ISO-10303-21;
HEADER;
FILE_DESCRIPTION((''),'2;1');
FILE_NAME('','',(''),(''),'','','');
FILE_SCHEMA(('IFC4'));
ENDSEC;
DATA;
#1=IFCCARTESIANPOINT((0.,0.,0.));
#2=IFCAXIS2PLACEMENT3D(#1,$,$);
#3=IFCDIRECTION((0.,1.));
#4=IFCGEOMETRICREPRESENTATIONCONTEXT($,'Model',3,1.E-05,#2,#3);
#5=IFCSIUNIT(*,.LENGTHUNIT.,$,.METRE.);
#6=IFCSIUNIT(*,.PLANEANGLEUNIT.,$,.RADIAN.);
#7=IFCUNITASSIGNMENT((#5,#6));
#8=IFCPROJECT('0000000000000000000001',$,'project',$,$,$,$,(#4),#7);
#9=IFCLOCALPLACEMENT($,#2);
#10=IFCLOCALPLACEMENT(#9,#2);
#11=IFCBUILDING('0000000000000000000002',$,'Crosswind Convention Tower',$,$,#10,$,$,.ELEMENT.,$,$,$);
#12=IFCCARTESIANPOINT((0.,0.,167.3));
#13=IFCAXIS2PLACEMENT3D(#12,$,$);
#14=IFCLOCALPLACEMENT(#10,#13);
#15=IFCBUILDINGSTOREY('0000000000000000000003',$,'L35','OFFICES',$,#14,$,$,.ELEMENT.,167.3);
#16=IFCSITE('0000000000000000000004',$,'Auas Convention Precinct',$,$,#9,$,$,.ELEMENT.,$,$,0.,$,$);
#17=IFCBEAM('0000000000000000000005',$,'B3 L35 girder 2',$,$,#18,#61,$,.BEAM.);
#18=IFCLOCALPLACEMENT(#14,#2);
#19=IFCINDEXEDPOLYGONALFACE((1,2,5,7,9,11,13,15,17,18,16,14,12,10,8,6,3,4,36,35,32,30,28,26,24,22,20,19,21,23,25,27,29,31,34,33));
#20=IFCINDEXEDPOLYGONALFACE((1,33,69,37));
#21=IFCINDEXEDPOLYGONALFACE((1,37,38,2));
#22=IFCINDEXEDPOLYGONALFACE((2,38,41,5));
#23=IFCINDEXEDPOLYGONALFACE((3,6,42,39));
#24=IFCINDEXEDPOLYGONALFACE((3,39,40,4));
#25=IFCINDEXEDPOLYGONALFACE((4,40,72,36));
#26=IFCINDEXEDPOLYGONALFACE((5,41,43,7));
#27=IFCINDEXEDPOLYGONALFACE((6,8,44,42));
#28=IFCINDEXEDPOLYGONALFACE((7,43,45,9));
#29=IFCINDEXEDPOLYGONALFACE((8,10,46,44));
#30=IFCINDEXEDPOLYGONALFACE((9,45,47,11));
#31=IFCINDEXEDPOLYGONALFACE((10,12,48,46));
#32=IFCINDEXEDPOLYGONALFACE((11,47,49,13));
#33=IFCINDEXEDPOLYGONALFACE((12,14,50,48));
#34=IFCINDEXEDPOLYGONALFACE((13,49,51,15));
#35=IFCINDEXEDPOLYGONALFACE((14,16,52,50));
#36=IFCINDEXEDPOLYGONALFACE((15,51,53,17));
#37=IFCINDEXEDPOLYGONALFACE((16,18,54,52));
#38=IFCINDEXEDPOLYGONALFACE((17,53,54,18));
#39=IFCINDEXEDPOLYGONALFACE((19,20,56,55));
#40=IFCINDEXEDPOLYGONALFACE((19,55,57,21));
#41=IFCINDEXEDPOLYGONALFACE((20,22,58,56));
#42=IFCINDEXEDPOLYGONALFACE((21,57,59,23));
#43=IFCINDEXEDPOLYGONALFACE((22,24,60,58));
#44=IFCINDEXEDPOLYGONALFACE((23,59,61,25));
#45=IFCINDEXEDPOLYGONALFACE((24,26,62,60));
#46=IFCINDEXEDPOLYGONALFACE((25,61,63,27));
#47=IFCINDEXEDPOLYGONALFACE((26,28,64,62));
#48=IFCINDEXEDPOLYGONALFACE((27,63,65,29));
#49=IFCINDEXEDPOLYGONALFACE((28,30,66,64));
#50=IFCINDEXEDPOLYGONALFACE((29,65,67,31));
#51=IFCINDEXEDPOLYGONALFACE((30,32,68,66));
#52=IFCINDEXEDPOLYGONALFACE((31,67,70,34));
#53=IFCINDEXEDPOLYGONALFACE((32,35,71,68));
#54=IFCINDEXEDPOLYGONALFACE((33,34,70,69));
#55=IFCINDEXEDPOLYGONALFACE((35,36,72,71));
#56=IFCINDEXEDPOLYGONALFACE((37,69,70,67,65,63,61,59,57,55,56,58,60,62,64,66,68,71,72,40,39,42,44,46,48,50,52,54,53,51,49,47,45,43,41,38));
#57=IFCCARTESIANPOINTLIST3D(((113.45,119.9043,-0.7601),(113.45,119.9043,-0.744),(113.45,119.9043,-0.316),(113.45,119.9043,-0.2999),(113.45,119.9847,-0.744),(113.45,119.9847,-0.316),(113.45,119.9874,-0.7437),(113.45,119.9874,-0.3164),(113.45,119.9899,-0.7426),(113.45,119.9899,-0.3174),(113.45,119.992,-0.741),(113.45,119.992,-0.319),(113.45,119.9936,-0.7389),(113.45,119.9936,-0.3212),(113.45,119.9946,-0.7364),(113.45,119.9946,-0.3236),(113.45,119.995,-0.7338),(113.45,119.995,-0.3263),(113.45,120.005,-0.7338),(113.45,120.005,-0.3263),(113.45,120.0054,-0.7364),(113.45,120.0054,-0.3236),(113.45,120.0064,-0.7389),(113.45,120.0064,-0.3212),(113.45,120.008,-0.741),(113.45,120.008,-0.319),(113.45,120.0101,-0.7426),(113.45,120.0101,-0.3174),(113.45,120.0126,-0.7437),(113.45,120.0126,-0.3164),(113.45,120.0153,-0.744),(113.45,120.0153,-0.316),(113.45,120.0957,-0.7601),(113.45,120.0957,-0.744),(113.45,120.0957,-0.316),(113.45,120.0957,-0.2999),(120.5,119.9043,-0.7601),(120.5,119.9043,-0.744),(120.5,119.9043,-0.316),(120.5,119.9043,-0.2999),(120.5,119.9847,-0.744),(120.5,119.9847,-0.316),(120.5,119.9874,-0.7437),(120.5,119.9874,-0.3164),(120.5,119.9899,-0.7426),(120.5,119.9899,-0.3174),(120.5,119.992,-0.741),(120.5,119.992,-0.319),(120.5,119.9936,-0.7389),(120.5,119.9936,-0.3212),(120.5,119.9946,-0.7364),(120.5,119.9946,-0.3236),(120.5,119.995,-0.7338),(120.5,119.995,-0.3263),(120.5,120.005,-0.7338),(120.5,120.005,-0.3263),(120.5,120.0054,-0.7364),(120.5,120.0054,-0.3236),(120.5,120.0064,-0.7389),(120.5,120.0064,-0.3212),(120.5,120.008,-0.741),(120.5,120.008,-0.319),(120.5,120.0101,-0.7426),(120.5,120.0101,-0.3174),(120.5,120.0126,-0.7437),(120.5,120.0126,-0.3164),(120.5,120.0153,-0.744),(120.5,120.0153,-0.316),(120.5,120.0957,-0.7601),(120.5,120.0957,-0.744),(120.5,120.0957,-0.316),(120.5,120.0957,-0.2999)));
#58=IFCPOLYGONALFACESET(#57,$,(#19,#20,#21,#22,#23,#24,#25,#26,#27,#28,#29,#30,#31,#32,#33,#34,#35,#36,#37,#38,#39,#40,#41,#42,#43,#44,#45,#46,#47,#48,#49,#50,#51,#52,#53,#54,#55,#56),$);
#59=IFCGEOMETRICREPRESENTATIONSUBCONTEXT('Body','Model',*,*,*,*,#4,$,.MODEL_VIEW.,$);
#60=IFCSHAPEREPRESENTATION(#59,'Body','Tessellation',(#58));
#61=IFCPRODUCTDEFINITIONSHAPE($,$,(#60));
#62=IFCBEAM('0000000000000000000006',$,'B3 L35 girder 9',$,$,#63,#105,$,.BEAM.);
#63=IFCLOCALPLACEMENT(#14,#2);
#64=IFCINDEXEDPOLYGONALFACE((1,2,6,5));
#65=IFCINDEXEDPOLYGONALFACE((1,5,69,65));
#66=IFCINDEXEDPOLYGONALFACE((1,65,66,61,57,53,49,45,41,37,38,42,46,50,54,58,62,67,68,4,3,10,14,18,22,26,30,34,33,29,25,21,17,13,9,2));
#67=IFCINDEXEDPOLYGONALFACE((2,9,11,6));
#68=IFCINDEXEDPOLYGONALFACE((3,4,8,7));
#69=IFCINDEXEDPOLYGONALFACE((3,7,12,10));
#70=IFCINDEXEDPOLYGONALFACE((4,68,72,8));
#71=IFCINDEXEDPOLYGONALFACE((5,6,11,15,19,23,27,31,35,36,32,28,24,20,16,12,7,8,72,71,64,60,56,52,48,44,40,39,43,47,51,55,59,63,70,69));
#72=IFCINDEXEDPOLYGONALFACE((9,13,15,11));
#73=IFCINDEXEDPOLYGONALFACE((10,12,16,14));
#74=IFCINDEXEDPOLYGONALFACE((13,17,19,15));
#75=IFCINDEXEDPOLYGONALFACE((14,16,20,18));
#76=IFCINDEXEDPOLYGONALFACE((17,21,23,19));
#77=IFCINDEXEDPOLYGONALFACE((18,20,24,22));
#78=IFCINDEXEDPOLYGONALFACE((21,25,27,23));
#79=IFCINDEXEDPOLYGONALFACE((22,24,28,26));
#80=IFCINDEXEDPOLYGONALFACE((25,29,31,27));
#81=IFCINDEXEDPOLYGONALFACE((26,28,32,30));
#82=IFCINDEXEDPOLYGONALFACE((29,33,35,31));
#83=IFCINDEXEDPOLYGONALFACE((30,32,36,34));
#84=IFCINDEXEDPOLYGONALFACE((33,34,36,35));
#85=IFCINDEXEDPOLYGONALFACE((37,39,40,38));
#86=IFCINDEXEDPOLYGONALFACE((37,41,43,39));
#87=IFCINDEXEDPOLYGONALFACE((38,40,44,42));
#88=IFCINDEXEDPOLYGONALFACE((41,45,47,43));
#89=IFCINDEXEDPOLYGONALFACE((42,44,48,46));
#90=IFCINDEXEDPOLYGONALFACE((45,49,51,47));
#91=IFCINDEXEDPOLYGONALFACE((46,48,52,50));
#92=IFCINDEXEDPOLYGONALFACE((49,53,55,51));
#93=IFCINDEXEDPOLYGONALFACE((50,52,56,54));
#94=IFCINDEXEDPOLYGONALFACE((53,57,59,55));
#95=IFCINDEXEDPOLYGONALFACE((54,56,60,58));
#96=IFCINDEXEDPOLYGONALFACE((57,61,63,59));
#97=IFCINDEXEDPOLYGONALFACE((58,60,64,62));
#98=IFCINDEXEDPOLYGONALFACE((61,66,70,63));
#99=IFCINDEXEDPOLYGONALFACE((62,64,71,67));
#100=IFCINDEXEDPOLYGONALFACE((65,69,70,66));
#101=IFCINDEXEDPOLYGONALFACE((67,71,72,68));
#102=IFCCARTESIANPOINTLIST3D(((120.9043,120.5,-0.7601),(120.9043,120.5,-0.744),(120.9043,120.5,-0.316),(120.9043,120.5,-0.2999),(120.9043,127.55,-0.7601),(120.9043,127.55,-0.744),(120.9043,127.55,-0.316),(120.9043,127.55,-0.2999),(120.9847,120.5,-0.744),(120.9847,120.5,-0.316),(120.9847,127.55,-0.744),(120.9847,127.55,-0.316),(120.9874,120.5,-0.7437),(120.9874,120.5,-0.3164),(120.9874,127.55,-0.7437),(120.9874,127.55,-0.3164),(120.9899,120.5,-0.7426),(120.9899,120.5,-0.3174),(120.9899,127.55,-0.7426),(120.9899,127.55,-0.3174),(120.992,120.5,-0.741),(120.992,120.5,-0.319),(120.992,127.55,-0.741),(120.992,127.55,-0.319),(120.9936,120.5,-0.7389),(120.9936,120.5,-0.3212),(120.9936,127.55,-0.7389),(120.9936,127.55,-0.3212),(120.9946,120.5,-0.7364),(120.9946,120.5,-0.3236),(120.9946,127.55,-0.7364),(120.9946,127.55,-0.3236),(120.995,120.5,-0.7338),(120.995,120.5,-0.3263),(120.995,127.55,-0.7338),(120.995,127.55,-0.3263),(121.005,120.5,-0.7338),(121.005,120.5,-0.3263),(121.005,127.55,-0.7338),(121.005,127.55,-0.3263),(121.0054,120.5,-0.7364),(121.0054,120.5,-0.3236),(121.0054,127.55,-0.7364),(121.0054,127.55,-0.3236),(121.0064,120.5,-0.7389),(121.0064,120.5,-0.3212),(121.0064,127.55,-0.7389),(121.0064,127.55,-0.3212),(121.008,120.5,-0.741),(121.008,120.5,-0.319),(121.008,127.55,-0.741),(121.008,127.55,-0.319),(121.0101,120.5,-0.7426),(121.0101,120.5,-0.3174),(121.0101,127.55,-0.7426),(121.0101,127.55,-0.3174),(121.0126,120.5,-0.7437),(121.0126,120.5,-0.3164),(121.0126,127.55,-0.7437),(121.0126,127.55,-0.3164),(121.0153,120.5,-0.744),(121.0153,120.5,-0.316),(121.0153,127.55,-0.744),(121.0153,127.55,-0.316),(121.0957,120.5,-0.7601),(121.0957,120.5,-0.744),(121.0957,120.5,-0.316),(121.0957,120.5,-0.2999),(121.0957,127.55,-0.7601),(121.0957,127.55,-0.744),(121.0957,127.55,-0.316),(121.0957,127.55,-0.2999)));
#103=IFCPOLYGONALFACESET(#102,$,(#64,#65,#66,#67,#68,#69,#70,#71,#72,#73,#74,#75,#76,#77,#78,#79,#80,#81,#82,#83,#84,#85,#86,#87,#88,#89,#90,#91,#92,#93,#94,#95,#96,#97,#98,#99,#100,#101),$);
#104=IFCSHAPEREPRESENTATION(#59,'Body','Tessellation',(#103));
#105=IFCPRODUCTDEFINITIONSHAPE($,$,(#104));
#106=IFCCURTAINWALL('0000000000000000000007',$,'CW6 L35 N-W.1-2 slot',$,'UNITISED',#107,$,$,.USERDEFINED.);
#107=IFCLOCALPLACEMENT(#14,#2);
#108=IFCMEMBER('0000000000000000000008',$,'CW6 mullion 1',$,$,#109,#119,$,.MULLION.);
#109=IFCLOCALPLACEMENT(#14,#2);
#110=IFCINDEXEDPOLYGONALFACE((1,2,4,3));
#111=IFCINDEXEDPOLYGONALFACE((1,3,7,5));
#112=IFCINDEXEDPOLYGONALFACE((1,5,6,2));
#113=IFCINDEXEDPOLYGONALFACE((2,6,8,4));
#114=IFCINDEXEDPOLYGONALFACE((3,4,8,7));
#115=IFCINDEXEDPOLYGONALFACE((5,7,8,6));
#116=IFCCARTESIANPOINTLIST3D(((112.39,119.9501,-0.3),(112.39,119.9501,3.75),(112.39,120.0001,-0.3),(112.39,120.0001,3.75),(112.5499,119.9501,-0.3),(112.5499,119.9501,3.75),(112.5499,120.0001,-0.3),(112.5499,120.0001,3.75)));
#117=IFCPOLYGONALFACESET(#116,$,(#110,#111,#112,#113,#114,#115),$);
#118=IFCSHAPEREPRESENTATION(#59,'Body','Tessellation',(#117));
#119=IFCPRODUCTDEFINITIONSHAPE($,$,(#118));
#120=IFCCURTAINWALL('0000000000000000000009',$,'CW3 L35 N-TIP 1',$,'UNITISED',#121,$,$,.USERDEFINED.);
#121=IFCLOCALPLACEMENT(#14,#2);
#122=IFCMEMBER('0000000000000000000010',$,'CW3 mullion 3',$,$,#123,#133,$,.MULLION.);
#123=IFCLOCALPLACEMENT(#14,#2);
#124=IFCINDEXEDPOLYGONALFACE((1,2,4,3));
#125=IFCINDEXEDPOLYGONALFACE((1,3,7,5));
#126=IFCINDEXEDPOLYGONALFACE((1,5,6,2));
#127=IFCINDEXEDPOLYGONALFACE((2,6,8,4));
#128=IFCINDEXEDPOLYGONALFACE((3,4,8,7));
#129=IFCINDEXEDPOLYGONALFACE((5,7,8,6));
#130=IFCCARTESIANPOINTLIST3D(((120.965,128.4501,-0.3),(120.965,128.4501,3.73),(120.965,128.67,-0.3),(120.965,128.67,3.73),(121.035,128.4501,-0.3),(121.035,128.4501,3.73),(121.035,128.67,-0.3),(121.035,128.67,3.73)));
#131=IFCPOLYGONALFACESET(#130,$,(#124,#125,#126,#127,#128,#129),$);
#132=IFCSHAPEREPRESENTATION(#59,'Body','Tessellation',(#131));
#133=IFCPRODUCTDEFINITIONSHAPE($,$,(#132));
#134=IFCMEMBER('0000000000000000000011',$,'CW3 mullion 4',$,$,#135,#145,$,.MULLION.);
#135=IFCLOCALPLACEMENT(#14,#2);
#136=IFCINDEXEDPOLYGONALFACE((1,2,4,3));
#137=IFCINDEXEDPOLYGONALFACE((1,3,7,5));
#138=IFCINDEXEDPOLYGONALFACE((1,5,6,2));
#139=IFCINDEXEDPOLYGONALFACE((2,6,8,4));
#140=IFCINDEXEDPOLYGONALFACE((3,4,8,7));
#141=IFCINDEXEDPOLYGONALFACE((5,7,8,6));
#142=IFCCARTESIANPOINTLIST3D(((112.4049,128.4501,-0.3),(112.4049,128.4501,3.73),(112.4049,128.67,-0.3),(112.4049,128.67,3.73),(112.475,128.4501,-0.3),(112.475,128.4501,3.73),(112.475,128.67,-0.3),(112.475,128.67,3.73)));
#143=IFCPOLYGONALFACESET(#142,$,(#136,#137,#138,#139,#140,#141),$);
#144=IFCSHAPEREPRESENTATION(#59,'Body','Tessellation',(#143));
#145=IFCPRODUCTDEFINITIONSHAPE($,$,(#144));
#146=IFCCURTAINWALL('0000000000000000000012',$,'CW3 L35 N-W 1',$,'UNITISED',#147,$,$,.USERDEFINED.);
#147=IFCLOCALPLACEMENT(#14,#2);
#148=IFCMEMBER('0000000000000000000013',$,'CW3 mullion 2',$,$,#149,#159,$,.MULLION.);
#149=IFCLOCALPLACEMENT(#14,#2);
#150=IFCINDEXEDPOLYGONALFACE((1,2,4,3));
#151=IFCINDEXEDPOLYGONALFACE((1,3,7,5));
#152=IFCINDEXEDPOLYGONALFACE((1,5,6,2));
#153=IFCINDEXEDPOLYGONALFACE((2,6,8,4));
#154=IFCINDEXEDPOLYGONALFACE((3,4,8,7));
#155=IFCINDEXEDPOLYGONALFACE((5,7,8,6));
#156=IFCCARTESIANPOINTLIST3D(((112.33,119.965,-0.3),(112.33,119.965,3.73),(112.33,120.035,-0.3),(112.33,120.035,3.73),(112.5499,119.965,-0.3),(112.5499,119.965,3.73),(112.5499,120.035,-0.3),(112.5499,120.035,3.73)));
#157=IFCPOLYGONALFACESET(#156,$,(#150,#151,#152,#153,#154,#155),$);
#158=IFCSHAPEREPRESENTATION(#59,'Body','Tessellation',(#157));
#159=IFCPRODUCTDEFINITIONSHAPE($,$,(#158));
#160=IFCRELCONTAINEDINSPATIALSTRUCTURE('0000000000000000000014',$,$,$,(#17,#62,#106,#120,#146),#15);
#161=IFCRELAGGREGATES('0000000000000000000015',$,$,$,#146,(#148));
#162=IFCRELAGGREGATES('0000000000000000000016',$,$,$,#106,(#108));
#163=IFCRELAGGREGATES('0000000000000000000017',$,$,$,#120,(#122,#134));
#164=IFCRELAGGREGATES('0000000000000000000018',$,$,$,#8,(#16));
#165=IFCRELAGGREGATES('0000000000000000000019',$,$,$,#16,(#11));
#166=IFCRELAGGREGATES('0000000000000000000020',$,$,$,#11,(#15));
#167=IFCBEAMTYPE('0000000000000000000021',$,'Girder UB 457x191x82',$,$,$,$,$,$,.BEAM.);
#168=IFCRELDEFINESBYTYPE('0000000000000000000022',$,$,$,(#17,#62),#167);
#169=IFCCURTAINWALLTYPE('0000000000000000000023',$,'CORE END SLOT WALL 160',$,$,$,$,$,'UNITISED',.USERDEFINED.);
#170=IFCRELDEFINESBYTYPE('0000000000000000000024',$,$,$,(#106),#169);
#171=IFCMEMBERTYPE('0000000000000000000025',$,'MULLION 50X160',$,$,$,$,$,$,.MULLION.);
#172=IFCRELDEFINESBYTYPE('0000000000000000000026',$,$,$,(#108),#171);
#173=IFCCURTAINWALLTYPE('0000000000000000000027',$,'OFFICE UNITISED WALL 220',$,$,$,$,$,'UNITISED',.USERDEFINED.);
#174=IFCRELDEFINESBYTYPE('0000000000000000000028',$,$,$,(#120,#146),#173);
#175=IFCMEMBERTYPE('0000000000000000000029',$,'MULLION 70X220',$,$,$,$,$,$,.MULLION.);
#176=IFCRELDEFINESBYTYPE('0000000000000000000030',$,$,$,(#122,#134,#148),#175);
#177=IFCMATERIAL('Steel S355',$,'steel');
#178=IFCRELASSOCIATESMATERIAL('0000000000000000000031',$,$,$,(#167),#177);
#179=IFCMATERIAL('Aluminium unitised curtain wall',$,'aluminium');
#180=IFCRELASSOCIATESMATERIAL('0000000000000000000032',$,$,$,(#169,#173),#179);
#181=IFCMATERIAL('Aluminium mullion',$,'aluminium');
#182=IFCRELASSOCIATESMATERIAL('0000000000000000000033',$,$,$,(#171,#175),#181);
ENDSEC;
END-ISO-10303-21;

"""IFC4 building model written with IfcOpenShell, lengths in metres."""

from ifc_helpers import new_model, si_unit, direction, frame, origin, origin_2d, place, context, subcontext, project, spatial, rectangle, i_section, extrude, material, material_profile, profile_set, type_object, element, aggregate, save


model = new_model("IFC4")

# Units and contexts
model_context = context("Model", 3, precision=1e-05, world=origin(), true_north=direction((0.0, 1.0)))
body_context = subcontext(model_context, "Body", "Model", "MODEL_VIEW")
ifc_project = project(units=[si_unit("LENGTHUNIT", "METRE"), si_unit("PLANEANGLEUNIT", "RADIAN")], contexts=[model_context])

# Site, building, storey
site_placement = place(None, origin())
site = spatial("IfcSite", under=ifc_project, at=site_placement, Name="Auas Convention Precinct", CompositionType="ELEMENT", RefElevation=0.0)
building_placement = place(site_placement, origin())
building = spatial("IfcBuilding", under=site, at=building_placement, Name="Crosswind Convention Tower", CompositionType="ELEMENT")
storey_placement = place(building_placement, frame((0.0, 0.0, 167.3)))
storey = spatial("IfcBuildingStorey", under=building, at=storey_placement, Name="L35", Description="OFFICES", CompositionType="ELEMENT", Elevation=167.3)

# Beams
ifc_material_1 = material(Name="Steel S355", Category="steel")
ifc_material_profile_1 = material_profile(ifc_material_1, i_section(OverallWidth=0.1914, OverallDepth=0.4602, WebThickness=0.01, FlangeThickness=0.0161, FilletRadius=0.0103, at=origin_2d()), Name="UB 457x191x82")
ifc_profile_set_1 = profile_set([ifc_material_profile_1], Name="Steel S355")
beam_type_1 = type_object("IfcBeamType", Name="Girder UB 457x191x82", PredefinedType="BEAM", material=ifc_profile_set_1)
for number, where, z_axis, x_axis, name in (
    (1, (113.45, 120.0, -0.53), (1.0, 0.0, 0.0), (0.0, 1.0, 0.0), "B3 L35 girder 2"),
    (2, (121.0, 120.5, -0.53), (0.0, 1.0, 0.0), (-1.0, 0.0, 0.0), "B3 L35 girder 9"),
):
    element("IfcBeam", number, at=place(storey_placement, frame(where, z_axis=z_axis, x_axis=x_axis)), inside=storey, type_object=beam_type_1, Name=name, PredefinedType="BEAM", context=body_context, shape_type="SweptSolid", body=[
        extrude(i_section(OverallWidth=0.1914, OverallDepth=0.4602, WebThickness=0.01, FlangeThickness=0.0161, FilletRadius=0.0103, at=origin_2d()), origin(), (0.0, 0.0, 1.0), 7.05),
    ])

# Curtain wall, member
ifc_material_2 = material(Name="Aluminium unitised curtain wall", Category="aluminium")
curtain_wall_type_1 = type_object("IfcCurtainWallType", Name="CORE END SLOT WALL 160", ElementType="UNITISED", PredefinedType="USERDEFINED", material=ifc_material_2)
curtain_wall_1_placement = place(storey_placement, origin())
curtain_wall_1 = element("IfcCurtainWall", 3, at=curtain_wall_1_placement, inside=storey, type_object=curtain_wall_type_1, Name="CW6 L35 N-W.1-2 slot", ObjectType="UNITISED", PredefinedType="USERDEFINED")
ifc_material_3 = material(Name="Aluminium mullion", Category="aluminium")
ifc_material_profile_2 = material_profile(ifc_material_3, rectangle(XDim=0.1599, YDim=0.05, at=origin_2d()), Name="AL 160X50")
ifc_profile_set_2 = profile_set([ifc_material_profile_2], Name="Aluminium mullion")
member_type_1 = type_object("IfcMemberType", Name="MULLION 50X160", PredefinedType="MULLION", material=ifc_profile_set_2)
member_1_placement = place(storey_placement, frame((112.47, 119.9751, -0.3), z_axis=(0.0, 0.0, 1.0), x_axis=(-1.0, 0.0, 0.0)))
member_1 = element("IfcMember", 4, at=member_1_placement, type_object=member_type_1, Name="CW6 mullion 1", PredefinedType="MULLION", context=body_context, shape_type="SweptSolid", body=[
    extrude(rectangle(XDim=0.1599, YDim=0.05, at=origin_2d()), origin(), (0.0, 0.0, 1.0), 4.05),
])

# Curtain wall, members
curtain_wall_type_2 = type_object("IfcCurtainWallType", Name="OFFICE UNITISED WALL 220", ElementType="UNITISED", PredefinedType="USERDEFINED", material=ifc_material_2)
curtain_wall_2_placement = place(storey_placement, origin())
curtain_wall_2 = element("IfcCurtainWall", 5, at=curtain_wall_2_placement, inside=storey, type_object=curtain_wall_type_2, Name="CW3 L35 N-TIP 1", ObjectType="UNITISED", PredefinedType="USERDEFINED")
ifc_material_profile_3 = material_profile(ifc_material_3, rectangle(XDim=0.22, YDim=0.0701, at=origin_2d()), Name="AL 220X70")
ifc_profile_set_3 = profile_set([ifc_material_profile_3], Name="Aluminium mullion")
member_type_2 = type_object("IfcMemberType", Name="MULLION 70X220", PredefinedType="MULLION", material=ifc_profile_set_3)
member_2_placement = place(storey_placement, frame((121.0, 128.5601, -0.3), z_axis=(0.0, 0.0, 1.0), x_axis=(0.0, 1.0, 0.0)))
member_2 = element("IfcMember", 6, at=member_2_placement, type_object=member_type_2, Name="CW3 mullion 3", PredefinedType="MULLION", context=body_context, shape_type="SweptSolid", body=[
    extrude(rectangle(XDim=0.22, YDim=0.0701, at=origin_2d()), origin(), (0.0, 0.0, 1.0), 4.03),
])
member_3_placement = place(storey_placement, frame((112.4399, 128.5601, -0.3), z_axis=(0.0, 0.0, 1.0), x_axis=(0.0, 1.0, 0.0)))
member_3 = element("IfcMember", 7, at=member_3_placement, type_object=member_type_2, Name="CW3 mullion 4", PredefinedType="MULLION", context=body_context, shape_type="SweptSolid", body=[
    extrude(rectangle(XDim=0.22, YDim=0.0701, at=origin_2d()), origin(), (0.0, 0.0, 1.0), 4.03),
])

# Curtain wall, member
curtain_wall_3_placement = place(storey_placement, origin())
curtain_wall_3 = element("IfcCurtainWall", 8, at=curtain_wall_3_placement, inside=storey, type_object=curtain_wall_type_2, Name="CW3 L35 N-W 1", ObjectType="UNITISED", PredefinedType="USERDEFINED")
member_4_placement = place(storey_placement, frame((112.4399, 120.0, -0.3), z_axis=(0.0, 0.0, 1.0), x_axis=(-1.0, 0.0, 0.0)))
member_4 = element("IfcMember", 9, at=member_4_placement, type_object=member_type_2, Name="CW3 mullion 2", PredefinedType="MULLION", context=body_context, shape_type="SweptSolid", body=[
    extrude(rectangle(XDim=0.22, YDim=0.0701, at=origin_2d()), origin(), (0.0, 0.0, 1.0), 4.03),
])

aggregate(curtain_wall_3, [member_4])

aggregate(curtain_wall_1, [member_1])
aggregate(curtain_wall_2, [member_2, member_3])

save(model, "model.ifc")
